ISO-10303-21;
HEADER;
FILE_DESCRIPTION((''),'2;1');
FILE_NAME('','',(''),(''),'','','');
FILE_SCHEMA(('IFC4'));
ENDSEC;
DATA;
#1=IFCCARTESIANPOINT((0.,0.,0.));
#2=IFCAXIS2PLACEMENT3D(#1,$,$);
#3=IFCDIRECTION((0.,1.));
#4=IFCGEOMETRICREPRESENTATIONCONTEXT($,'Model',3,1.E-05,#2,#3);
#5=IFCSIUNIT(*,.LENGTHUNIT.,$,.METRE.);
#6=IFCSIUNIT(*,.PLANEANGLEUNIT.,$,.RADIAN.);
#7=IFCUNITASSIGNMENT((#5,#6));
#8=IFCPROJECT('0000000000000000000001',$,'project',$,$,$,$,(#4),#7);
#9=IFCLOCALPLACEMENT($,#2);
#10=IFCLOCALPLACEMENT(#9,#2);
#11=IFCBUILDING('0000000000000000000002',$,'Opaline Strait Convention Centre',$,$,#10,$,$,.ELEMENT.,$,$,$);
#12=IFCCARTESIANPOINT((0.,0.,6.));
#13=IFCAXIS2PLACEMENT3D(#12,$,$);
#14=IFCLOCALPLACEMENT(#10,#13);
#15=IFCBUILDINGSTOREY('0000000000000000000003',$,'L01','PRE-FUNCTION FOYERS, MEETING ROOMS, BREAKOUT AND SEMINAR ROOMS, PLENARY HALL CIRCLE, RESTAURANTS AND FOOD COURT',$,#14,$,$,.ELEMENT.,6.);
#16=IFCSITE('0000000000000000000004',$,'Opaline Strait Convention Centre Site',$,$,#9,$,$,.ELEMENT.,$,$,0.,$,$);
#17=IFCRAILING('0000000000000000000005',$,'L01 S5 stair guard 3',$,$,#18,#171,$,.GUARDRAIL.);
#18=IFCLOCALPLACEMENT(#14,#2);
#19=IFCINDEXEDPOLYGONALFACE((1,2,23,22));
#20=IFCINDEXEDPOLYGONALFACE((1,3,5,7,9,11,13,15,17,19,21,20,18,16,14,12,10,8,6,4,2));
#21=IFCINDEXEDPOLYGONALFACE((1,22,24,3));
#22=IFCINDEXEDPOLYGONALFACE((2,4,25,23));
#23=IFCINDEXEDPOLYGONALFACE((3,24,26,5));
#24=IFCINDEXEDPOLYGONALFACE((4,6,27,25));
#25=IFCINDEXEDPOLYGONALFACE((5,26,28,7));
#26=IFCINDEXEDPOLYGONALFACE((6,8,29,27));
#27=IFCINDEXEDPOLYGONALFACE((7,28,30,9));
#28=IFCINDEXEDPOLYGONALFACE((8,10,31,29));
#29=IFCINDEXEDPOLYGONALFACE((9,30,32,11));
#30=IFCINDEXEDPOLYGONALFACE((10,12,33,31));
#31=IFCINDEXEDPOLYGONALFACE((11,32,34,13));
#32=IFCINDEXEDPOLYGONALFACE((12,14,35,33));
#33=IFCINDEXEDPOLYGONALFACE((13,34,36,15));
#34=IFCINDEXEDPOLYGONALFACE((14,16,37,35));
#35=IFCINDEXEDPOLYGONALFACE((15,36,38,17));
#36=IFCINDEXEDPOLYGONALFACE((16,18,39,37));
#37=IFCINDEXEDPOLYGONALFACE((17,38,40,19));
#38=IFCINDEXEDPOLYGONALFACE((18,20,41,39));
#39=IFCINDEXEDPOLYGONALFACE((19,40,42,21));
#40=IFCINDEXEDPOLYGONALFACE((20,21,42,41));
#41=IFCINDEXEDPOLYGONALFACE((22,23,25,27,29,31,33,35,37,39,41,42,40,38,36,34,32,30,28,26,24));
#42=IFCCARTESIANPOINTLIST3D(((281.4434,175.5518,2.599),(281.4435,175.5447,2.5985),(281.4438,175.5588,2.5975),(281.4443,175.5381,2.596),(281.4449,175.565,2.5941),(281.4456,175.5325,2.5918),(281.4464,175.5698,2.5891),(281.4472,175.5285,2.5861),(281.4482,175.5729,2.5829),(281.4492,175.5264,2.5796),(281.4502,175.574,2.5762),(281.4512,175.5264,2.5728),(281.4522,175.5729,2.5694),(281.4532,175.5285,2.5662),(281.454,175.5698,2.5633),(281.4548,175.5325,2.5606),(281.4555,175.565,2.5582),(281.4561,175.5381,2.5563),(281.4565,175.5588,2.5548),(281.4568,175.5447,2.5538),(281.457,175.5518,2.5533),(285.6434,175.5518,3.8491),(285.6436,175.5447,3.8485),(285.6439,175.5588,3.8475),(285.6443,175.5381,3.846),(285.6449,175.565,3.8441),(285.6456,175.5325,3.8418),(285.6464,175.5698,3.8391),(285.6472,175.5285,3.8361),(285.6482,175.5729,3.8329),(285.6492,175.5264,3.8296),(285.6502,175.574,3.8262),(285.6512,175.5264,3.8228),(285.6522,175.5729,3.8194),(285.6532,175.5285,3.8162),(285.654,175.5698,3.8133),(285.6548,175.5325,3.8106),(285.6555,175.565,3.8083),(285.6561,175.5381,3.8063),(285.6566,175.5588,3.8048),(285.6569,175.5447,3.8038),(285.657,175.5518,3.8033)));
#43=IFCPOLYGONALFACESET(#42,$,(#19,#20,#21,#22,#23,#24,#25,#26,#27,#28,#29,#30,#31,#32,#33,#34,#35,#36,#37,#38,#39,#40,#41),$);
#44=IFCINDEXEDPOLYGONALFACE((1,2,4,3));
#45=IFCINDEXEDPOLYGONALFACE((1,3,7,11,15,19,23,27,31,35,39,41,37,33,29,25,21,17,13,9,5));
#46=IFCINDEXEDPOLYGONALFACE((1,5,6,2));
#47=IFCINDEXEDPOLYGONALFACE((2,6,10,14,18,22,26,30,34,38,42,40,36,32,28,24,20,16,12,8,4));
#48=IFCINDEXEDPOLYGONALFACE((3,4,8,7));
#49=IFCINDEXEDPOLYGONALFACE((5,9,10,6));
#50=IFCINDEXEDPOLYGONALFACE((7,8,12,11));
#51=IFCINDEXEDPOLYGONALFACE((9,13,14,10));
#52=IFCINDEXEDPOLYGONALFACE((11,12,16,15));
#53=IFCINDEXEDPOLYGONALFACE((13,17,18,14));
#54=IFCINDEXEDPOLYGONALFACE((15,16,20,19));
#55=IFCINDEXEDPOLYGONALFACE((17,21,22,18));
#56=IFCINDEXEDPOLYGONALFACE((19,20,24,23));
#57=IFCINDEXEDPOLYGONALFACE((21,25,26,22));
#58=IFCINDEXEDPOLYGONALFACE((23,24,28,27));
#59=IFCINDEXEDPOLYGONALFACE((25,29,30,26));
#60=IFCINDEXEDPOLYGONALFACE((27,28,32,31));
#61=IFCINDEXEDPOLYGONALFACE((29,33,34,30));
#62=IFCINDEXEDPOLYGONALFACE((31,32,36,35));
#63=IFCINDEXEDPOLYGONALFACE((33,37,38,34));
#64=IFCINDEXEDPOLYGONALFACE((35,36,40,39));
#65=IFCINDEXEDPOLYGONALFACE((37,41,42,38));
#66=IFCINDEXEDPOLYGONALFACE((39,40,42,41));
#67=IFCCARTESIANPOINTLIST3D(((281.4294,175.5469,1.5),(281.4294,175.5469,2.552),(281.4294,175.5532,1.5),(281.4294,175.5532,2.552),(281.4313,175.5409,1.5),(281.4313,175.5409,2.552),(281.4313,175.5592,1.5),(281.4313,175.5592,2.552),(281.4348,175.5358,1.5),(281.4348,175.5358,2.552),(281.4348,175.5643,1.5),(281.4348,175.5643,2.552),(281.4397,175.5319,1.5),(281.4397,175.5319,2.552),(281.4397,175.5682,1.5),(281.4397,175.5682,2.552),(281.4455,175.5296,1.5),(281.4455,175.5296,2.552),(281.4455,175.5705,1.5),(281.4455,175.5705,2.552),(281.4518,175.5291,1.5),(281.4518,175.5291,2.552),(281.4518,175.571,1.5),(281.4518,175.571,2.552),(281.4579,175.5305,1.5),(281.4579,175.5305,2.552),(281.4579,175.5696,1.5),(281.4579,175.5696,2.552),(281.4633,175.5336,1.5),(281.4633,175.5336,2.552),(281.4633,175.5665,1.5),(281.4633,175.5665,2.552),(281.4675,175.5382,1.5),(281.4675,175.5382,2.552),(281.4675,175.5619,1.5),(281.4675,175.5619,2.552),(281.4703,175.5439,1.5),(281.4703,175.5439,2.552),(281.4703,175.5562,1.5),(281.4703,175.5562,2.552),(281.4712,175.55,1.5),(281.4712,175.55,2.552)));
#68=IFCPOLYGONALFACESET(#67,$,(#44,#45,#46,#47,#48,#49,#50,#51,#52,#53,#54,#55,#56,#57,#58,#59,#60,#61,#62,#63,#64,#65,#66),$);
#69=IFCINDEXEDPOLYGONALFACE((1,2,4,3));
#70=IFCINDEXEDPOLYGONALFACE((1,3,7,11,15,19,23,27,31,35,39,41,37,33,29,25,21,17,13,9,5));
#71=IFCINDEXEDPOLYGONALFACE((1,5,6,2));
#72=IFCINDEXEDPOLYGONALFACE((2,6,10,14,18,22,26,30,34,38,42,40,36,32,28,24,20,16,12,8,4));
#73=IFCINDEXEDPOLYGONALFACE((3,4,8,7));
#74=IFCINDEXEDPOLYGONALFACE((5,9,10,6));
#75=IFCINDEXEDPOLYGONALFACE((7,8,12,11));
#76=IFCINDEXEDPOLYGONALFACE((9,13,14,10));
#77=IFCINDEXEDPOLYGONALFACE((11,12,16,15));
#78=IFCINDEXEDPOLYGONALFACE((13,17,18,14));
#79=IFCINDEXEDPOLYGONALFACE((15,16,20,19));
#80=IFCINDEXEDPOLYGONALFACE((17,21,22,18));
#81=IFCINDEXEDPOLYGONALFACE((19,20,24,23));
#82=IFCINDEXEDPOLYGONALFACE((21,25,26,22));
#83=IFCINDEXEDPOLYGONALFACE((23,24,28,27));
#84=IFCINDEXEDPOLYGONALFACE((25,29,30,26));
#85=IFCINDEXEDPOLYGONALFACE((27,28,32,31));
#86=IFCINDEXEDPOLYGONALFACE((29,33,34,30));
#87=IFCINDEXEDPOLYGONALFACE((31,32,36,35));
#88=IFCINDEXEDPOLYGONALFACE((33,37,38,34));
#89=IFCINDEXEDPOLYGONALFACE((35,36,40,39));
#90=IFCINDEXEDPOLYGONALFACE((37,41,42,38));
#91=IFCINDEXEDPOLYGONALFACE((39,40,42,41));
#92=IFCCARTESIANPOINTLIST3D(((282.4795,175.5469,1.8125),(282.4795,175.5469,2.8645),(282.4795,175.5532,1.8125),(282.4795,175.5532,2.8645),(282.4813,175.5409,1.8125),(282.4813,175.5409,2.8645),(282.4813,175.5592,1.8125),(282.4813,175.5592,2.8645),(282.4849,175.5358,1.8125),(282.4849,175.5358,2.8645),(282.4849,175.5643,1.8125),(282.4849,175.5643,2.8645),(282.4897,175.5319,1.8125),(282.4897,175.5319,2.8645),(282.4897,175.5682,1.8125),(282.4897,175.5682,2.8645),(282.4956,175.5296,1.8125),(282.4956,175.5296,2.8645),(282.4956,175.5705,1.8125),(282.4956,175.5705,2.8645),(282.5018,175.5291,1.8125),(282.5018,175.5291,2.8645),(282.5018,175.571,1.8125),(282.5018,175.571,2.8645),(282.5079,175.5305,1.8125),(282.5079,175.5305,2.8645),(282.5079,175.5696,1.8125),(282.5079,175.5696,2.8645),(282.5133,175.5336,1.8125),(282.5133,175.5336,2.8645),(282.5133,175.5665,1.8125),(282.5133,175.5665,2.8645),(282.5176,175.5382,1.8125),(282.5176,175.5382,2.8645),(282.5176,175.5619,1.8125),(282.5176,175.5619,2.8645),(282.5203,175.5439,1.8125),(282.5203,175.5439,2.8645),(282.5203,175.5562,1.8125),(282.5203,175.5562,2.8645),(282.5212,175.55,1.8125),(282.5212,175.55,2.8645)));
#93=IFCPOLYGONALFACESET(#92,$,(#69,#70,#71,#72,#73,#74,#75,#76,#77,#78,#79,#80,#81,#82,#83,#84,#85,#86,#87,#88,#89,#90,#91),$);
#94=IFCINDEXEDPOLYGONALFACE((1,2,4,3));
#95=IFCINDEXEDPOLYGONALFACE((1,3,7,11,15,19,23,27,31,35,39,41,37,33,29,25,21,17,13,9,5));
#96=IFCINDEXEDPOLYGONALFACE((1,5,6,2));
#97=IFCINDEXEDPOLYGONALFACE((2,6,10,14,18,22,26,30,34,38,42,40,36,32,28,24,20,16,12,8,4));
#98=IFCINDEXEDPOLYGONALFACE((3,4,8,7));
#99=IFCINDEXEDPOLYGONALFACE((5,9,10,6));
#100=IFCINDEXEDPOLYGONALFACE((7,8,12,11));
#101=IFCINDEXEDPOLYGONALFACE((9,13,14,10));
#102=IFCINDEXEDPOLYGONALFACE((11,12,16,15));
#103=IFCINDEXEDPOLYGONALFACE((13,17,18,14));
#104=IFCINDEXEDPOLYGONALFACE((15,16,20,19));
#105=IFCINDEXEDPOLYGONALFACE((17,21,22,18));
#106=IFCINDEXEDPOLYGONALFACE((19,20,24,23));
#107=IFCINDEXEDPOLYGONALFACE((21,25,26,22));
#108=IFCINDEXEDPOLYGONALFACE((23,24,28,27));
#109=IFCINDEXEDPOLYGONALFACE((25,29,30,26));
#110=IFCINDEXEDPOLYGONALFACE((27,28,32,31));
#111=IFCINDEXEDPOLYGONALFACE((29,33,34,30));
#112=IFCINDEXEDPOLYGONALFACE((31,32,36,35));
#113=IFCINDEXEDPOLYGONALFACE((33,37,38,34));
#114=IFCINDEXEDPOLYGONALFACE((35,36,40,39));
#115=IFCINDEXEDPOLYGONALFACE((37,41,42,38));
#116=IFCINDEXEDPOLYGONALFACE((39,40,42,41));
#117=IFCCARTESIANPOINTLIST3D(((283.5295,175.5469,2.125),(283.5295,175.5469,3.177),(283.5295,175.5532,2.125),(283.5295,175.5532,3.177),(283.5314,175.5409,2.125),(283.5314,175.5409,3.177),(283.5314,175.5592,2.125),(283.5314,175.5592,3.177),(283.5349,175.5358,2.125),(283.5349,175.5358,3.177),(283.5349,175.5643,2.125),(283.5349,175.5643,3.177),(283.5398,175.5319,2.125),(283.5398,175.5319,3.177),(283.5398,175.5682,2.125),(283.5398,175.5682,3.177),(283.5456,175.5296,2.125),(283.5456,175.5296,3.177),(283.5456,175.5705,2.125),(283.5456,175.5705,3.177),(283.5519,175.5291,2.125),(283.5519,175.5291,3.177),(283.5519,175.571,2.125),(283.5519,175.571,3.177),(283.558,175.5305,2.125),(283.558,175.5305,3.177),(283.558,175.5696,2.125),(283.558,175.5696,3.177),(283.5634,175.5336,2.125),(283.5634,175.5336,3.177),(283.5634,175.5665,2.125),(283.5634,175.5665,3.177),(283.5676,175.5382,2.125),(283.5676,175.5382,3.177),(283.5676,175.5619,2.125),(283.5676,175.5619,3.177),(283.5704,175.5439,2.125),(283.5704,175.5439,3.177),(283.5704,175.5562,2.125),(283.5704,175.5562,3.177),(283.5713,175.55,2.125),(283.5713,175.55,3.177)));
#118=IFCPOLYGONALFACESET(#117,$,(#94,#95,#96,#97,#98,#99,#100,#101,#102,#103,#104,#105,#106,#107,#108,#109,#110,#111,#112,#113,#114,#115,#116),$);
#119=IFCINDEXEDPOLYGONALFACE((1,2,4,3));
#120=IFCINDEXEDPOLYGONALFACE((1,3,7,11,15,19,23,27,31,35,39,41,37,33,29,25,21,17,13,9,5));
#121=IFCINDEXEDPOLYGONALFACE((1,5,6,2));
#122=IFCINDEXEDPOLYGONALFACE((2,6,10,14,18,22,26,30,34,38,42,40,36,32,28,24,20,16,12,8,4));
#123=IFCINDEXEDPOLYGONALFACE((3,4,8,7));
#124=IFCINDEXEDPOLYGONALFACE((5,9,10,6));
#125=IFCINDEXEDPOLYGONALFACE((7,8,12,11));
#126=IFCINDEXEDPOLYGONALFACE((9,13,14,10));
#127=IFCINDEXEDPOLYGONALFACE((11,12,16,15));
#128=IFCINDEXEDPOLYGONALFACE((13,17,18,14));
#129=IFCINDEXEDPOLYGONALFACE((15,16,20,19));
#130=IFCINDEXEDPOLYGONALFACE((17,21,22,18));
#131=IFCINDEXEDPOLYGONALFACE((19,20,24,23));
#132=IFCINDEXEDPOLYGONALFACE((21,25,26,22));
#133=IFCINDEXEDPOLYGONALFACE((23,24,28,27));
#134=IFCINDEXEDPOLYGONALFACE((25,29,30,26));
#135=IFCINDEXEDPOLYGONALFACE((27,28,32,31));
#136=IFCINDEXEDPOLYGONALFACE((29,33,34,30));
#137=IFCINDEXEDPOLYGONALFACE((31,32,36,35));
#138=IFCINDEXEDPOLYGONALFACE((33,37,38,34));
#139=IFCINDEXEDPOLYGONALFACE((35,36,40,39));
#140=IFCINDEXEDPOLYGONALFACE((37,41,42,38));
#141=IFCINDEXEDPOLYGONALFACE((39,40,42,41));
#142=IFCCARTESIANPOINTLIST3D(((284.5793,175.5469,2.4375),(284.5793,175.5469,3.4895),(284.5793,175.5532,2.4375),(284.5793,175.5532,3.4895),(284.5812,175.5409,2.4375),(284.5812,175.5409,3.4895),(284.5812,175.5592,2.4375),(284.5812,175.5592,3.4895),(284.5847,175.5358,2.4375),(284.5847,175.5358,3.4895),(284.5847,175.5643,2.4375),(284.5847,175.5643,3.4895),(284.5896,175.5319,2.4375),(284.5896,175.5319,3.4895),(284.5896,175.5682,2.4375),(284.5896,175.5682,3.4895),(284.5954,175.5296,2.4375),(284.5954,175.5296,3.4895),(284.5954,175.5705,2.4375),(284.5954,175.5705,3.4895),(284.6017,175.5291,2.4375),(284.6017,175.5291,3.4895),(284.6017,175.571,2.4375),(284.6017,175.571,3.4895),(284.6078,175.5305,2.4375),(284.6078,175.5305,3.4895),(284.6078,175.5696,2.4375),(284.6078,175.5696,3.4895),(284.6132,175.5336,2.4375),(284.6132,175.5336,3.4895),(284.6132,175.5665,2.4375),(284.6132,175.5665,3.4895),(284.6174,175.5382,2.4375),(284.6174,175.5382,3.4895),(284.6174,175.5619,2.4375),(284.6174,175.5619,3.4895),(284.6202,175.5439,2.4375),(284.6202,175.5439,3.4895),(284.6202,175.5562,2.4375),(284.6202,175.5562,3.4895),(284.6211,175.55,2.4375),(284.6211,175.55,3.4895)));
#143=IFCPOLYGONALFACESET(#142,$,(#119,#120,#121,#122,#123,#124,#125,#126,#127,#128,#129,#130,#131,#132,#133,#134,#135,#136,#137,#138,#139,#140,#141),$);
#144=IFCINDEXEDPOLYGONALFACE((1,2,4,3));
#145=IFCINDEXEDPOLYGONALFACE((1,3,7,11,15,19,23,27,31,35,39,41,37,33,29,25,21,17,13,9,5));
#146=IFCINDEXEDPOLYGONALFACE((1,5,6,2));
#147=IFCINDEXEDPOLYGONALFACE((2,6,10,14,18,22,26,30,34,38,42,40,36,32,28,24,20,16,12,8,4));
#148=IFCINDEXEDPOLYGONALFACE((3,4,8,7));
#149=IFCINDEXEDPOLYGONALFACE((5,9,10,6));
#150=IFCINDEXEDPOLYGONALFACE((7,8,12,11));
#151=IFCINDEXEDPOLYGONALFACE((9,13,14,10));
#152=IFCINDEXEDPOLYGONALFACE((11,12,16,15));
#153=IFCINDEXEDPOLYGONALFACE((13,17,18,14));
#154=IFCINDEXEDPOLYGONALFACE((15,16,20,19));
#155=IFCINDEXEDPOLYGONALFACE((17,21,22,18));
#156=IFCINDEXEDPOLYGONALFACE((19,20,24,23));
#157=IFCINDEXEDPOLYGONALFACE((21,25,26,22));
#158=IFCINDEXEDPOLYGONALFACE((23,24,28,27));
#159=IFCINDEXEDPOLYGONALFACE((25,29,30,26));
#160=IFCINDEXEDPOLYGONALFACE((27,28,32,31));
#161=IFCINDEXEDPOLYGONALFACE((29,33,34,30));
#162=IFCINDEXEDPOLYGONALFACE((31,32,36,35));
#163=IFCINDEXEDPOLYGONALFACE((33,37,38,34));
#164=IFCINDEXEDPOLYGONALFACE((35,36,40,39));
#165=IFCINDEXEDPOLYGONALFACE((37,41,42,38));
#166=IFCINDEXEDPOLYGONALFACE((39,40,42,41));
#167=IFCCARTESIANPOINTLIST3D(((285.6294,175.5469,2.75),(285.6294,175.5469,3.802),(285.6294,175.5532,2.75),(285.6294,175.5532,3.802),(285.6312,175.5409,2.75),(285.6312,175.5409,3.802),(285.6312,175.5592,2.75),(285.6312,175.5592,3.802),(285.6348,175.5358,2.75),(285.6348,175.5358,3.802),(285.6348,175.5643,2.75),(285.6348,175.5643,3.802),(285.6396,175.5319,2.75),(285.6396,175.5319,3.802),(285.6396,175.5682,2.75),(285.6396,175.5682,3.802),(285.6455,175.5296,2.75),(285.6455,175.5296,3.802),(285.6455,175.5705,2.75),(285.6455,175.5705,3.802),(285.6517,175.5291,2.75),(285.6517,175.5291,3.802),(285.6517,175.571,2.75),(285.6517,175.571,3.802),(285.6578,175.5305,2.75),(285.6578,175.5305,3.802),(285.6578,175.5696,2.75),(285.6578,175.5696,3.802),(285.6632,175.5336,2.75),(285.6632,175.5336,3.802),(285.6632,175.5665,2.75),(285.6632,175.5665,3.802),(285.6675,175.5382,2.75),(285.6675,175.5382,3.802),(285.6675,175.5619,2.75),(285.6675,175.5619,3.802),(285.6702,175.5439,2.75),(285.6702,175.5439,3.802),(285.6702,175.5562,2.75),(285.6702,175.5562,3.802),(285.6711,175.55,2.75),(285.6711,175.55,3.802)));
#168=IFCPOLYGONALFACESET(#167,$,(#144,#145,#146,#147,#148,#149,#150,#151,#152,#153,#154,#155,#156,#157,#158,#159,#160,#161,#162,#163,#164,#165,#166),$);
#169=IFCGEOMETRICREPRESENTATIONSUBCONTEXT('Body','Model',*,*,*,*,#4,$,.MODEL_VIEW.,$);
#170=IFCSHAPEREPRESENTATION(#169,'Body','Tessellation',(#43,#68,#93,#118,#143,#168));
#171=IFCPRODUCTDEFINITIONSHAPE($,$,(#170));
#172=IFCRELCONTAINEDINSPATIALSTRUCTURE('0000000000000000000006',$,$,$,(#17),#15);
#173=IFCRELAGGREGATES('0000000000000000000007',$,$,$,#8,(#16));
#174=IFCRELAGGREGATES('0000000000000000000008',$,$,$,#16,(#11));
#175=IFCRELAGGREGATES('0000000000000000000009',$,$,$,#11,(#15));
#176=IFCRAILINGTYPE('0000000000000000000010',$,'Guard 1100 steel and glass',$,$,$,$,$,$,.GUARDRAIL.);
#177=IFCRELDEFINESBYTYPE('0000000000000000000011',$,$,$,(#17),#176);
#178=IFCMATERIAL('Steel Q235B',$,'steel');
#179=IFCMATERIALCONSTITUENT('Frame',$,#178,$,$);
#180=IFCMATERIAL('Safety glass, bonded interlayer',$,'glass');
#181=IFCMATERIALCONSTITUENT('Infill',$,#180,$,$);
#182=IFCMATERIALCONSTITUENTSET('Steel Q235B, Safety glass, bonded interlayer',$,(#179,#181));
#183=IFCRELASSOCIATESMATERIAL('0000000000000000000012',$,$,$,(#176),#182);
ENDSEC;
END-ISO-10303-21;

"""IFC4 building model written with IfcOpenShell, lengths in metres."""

from ifc_helpers import new_model, si_unit, direction, frame, origin, origin_2d, place, context, subcontext, project, spatial, circle, extrude, material, constituent, constituent_set, type_object, element, save


model = new_model("IFC4")

# Units and contexts
model_context = context("Model", 3, precision=1e-05, world=origin(), true_north=direction((0.0, 1.0)))
body_context = subcontext(model_context, "Body", "Model", "MODEL_VIEW")
ifc_project = project(units=[si_unit("LENGTHUNIT", "METRE"), si_unit("PLANEANGLEUNIT", "RADIAN")], contexts=[model_context])

# Site, building, storey
site_placement = place(None, origin())
site = spatial("IfcSite", under=ifc_project, at=site_placement, Name="Opaline Strait Convention Centre Site", CompositionType="ELEMENT", RefElevation=0.0)
building_placement = place(site_placement, origin())
building = spatial("IfcBuilding", under=site, at=building_placement, Name="Opaline Strait Convention Centre", CompositionType="ELEMENT")
storey_placement = place(building_placement, frame((0.0, 0.0, 6.0)))
storey = spatial("IfcBuildingStorey", under=building, at=storey_placement, Name="L01", Description="PRE-FUNCTION FOYERS, MEETING ROOMS, BREAKOUT AND SEMINAR ROOMS, PLENARY HALL CIRCLE, RESTAURANTS AND FOOD COURT", CompositionType="ELEMENT", Elevation=6.0)

# Railing
ifc_material_1 = material(Name="Steel Q235B", Category="steel")
ifc_constituent_1 = constituent(ifc_material_1, Name="Frame")
ifc_material_2 = material(Name="Safety glass, bonded interlayer", Category="glass")
ifc_constituent_2 = constituent(ifc_material_2, Name="Infill")
ifc_constituent_set = constituent_set(constituents=[ifc_constituent_1, ifc_constituent_2], Name="Steel Q235B, Safety glass, bonded interlayer")
railing_type = type_object("IfcRailingType", Name="Guard 1100 steel and glass", PredefinedType="GUARDRAIL", material=ifc_constituent_set)
railing_1_placement = place(storey_placement, frame((281.4502, 175.55, 1.5)))
element("IfcRailing", 1, at=railing_1_placement, inside=storey, type_object=railing_type, Name="L01 S5 stair guard 3", PredefinedType="GUARDRAIL", context=body_context, shape_type="SweptSolid", body=[
    extrude(circle(Radius=0.0239, at=origin_2d()), frame((0.0, 0.0, 1.0762), z_axis=(0.958451, 0.0, 0.285257), x_axis=(0.0, 1.0, 0.0)), (0.0, 0.0, 1.0), 4.3821),
    extrude(circle(Radius=0.021, at=origin_2d()), origin(), (0.0, 0.0, 1.0), 1.052),
    extrude(circle(Radius=0.021, at=origin_2d()), frame((1.05, 0.0, 0.3125)), (0.0, 0.0, 1.0), 1.052),
    extrude(circle(Radius=0.021, at=origin_2d()), frame((2.1001, 0.0, 0.625)), (0.0, 0.0, 1.0), 1.052),
    extrude(circle(Radius=0.021, at=origin_2d()), frame((3.1499, 0.0, 0.9375)), (0.0, 0.0, 1.0), 1.052),
    extrude(circle(Radius=0.021, at=origin_2d()), frame((4.2, 0.0, 1.25)), (0.0, 0.0, 1.0), 1.052),
])

save(model, "model.ifc")
